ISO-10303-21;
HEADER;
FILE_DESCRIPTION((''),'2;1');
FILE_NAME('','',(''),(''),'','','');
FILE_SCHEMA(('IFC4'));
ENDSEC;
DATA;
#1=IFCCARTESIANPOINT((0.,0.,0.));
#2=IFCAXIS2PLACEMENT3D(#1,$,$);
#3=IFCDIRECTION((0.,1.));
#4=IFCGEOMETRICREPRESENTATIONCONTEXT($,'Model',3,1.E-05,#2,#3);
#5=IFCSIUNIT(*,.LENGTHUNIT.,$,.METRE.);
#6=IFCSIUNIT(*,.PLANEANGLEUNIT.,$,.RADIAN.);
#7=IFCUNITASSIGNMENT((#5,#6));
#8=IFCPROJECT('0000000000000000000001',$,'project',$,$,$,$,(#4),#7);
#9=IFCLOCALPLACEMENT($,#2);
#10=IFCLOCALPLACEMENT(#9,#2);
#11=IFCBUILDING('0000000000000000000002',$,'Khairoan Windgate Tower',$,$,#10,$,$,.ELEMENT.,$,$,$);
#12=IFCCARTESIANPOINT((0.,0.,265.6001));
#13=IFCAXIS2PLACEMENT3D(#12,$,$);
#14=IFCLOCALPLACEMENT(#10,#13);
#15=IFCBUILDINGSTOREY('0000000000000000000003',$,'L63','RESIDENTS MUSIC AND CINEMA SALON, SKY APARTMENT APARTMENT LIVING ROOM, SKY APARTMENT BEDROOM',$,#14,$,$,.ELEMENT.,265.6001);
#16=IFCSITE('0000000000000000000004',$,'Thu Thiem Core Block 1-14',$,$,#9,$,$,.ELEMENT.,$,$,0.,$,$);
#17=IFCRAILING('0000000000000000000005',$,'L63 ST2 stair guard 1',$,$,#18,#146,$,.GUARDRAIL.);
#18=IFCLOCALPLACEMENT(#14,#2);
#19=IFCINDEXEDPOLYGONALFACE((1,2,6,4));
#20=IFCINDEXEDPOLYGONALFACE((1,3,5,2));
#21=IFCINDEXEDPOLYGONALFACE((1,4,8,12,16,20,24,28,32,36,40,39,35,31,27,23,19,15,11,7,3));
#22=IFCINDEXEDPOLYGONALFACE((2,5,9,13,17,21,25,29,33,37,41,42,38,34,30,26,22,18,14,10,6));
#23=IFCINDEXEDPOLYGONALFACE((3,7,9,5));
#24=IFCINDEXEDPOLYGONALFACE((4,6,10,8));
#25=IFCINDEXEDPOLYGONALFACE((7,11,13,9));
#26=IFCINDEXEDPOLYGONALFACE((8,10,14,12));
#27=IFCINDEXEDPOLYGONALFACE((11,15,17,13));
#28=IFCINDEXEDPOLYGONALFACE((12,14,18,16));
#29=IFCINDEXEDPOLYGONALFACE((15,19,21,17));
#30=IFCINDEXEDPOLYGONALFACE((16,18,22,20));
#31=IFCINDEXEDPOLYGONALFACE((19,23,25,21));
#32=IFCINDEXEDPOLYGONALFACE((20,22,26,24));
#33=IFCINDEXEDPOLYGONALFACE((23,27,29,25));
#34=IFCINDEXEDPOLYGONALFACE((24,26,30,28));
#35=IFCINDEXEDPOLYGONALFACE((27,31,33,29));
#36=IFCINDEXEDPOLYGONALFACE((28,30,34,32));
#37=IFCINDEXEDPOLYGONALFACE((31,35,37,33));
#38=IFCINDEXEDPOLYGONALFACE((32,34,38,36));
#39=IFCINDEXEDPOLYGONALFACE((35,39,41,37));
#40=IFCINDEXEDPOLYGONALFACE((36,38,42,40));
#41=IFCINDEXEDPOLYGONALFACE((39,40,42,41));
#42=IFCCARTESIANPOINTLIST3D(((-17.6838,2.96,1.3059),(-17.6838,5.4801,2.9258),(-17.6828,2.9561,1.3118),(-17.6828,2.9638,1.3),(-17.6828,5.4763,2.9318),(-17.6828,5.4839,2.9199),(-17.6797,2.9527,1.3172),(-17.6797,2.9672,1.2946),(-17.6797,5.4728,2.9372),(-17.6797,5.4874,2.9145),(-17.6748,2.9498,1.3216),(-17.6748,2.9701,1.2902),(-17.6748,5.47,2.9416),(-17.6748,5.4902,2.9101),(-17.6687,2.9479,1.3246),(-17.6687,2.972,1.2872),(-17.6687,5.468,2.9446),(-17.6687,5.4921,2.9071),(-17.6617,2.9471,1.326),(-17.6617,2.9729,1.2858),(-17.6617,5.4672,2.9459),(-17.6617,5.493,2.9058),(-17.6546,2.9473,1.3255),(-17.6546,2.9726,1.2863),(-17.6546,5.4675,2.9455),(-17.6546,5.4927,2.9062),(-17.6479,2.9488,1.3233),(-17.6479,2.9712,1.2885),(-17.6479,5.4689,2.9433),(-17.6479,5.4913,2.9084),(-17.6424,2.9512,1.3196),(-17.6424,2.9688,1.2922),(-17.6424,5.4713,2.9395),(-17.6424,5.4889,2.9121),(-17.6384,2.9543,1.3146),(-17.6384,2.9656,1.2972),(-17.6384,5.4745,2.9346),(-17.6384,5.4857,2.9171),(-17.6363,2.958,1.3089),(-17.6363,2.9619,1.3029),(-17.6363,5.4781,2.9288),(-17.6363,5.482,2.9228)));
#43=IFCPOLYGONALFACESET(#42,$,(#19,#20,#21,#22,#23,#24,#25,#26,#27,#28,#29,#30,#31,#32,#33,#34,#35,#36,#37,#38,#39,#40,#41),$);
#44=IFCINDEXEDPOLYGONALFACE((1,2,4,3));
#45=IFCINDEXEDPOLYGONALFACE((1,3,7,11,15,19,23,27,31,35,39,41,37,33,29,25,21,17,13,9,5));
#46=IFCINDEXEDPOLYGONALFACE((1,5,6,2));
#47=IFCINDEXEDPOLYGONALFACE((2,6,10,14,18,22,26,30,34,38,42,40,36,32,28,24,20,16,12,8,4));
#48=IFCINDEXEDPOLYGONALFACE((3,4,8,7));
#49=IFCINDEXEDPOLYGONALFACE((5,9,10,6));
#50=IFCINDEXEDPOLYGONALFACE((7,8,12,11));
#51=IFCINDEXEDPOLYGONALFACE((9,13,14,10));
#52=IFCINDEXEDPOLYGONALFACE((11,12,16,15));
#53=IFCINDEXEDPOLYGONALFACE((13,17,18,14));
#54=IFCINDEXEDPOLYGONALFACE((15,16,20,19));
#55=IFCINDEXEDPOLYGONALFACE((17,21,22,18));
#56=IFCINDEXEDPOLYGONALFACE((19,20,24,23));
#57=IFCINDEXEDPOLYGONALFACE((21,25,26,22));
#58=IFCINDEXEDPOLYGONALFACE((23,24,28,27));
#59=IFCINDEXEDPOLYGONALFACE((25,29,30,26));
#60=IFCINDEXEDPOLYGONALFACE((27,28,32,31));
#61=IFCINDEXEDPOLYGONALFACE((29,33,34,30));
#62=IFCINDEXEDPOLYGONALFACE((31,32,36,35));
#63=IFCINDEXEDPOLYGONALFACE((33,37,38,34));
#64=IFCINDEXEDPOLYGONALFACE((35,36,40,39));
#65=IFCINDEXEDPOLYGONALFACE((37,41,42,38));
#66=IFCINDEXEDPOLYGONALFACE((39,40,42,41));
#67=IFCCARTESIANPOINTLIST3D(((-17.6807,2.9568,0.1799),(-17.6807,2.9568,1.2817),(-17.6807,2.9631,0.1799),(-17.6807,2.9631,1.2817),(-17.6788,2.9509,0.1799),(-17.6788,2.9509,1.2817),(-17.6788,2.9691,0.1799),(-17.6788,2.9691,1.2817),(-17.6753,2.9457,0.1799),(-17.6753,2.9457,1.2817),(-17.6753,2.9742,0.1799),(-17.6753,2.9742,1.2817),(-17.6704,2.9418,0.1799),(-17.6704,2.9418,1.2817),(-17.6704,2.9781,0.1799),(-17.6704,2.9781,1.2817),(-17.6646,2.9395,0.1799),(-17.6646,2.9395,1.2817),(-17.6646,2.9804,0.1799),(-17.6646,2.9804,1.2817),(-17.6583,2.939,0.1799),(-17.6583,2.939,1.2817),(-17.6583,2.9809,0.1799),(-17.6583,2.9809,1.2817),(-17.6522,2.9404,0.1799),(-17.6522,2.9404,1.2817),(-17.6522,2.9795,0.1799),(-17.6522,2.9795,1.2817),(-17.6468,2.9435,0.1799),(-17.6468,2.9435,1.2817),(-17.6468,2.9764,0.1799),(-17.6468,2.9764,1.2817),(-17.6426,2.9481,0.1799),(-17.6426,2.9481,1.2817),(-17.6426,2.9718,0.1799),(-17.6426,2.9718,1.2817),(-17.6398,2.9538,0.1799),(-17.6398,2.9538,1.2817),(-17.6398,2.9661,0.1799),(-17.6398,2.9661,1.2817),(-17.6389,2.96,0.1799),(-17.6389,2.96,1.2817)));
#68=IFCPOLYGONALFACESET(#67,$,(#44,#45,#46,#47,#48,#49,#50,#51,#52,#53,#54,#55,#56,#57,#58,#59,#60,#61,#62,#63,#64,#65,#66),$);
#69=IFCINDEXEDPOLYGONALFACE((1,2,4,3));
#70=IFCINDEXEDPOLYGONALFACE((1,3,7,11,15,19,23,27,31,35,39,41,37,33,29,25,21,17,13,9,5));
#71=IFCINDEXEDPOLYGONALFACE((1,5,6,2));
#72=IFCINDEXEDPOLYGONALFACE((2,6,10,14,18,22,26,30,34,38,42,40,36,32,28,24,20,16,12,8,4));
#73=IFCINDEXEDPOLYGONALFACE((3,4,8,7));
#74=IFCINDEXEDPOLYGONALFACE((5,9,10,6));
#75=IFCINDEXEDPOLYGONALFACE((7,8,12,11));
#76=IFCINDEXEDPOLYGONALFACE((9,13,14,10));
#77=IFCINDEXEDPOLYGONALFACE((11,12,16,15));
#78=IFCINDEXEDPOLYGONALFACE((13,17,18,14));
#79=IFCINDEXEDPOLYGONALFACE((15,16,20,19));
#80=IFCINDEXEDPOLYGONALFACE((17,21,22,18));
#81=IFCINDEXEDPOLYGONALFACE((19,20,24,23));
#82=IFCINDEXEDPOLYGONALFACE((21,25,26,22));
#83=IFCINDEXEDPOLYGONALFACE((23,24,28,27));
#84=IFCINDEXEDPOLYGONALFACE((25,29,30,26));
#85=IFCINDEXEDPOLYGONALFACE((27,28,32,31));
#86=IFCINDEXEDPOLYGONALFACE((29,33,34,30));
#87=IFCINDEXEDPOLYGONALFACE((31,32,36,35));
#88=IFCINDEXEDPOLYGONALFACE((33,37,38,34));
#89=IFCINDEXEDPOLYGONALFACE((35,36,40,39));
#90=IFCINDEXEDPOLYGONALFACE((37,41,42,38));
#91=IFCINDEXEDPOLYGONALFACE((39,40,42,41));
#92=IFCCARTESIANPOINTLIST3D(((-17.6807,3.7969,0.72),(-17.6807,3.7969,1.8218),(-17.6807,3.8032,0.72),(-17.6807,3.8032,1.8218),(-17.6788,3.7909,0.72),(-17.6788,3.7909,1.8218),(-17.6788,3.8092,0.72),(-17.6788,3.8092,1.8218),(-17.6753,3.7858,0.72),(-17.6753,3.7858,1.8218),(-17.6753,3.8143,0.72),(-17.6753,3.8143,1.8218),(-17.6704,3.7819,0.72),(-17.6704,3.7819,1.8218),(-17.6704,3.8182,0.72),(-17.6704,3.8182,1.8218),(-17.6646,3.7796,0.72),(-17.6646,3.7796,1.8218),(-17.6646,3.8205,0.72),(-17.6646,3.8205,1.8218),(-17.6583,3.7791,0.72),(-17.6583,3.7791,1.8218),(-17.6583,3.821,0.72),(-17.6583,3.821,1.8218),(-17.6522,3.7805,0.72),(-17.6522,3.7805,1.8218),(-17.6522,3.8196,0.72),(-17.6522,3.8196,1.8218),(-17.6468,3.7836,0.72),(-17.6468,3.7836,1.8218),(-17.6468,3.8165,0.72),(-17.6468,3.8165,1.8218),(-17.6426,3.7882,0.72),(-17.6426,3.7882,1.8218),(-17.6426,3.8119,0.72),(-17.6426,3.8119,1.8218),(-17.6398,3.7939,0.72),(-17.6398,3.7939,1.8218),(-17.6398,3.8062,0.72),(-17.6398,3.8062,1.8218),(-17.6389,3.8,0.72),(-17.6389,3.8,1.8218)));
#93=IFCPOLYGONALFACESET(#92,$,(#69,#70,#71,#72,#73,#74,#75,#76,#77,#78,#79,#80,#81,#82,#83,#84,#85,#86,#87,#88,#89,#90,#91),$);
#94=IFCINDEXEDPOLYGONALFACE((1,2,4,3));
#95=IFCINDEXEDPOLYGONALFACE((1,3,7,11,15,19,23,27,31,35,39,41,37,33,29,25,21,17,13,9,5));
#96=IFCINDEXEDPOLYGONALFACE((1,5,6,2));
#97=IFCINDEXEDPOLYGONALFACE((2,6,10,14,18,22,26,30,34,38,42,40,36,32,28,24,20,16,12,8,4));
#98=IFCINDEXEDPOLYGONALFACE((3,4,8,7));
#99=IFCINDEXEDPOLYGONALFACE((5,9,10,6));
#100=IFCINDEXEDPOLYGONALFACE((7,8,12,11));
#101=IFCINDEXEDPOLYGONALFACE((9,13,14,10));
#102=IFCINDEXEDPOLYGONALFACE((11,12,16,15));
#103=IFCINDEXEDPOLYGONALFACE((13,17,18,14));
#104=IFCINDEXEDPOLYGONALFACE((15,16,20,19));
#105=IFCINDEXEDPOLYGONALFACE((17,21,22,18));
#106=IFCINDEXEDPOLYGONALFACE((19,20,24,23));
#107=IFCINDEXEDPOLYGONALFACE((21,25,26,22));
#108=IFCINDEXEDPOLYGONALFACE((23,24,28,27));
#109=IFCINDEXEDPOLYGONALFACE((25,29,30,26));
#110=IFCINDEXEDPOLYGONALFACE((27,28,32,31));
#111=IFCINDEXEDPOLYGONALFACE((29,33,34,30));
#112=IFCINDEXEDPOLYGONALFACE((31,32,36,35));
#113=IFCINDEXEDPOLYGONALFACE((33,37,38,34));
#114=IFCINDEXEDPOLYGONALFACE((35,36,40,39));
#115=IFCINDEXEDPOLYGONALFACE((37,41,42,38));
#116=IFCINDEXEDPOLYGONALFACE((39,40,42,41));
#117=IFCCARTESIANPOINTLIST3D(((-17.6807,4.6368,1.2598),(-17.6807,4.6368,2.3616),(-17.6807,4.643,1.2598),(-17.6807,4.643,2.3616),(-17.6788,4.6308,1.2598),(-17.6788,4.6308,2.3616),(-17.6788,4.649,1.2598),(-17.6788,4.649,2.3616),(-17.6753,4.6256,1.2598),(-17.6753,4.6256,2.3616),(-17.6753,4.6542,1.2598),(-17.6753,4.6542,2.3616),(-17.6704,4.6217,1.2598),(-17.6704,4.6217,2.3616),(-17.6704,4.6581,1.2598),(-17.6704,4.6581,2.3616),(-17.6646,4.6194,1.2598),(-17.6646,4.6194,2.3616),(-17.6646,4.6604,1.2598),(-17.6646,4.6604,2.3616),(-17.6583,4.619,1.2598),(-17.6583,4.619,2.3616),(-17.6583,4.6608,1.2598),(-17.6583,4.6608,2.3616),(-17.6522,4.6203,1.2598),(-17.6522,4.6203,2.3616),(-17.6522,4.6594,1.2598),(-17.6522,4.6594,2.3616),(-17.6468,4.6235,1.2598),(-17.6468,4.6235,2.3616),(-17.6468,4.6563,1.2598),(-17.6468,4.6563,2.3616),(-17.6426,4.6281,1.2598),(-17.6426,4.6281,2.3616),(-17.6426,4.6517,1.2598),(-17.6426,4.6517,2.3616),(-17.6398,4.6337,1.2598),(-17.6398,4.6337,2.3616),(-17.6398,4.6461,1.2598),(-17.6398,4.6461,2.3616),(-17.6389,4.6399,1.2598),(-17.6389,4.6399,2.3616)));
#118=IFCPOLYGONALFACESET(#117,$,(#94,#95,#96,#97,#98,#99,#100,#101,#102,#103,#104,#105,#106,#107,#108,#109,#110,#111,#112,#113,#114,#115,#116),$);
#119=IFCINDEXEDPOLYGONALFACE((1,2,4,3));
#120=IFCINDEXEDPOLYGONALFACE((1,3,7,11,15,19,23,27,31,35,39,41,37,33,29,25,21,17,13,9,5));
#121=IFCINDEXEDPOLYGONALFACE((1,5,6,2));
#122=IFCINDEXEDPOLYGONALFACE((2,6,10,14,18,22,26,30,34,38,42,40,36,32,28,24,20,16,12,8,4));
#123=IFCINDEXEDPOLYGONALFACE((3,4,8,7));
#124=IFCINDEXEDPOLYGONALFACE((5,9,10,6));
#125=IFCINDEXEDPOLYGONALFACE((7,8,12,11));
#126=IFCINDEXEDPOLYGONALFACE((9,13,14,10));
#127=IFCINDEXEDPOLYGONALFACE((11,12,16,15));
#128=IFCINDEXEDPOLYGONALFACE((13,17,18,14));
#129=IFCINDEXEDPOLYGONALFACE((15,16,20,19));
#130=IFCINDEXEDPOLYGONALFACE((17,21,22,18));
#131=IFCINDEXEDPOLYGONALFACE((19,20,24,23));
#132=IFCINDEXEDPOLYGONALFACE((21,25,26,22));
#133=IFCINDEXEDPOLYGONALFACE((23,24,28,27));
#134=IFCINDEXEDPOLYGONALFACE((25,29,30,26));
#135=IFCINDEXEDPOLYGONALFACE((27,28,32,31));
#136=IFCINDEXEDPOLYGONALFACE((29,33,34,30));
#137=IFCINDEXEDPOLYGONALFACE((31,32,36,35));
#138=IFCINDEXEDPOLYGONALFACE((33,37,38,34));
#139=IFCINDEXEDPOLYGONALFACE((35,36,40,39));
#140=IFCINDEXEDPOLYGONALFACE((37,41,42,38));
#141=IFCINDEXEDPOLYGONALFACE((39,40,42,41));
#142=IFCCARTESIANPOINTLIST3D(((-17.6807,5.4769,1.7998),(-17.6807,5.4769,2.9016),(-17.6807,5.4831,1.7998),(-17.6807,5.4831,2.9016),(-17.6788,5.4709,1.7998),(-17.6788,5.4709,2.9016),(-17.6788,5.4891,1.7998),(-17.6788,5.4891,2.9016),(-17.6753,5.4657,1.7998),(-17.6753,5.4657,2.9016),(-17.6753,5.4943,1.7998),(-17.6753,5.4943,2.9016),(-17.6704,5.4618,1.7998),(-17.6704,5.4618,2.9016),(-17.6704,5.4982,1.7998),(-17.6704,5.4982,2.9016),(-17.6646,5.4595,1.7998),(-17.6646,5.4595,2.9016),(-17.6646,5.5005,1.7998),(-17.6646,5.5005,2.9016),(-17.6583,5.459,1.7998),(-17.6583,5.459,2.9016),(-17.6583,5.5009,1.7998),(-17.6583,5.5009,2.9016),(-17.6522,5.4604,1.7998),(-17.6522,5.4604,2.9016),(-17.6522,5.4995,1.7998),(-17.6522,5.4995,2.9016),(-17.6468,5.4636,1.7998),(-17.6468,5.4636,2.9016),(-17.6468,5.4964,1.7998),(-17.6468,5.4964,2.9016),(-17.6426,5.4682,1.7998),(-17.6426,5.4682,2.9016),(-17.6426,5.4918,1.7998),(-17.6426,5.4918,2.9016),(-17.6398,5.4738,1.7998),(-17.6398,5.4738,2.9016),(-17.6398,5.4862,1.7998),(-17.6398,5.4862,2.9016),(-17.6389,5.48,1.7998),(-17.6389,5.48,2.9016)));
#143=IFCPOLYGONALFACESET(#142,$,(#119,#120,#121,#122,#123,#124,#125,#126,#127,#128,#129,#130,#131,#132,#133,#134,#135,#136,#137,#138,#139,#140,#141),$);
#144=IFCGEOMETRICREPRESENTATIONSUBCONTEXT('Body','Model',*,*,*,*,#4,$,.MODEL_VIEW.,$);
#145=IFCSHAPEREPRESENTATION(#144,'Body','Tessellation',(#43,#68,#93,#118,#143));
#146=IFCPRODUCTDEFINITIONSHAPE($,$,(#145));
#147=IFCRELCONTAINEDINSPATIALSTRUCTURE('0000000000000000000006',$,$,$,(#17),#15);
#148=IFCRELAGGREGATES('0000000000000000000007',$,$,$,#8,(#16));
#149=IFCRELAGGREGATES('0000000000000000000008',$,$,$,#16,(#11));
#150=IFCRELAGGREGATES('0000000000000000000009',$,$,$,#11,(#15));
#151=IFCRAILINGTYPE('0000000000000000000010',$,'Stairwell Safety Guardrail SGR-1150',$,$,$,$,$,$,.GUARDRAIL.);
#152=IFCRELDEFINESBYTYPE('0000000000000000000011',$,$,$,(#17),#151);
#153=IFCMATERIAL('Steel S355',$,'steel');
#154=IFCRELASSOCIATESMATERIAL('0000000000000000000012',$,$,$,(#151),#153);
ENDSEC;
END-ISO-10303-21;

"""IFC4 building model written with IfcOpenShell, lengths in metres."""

from ifc_helpers import new_model, si_unit, direction, frame, origin, origin_2d, place, context, subcontext, project, spatial, circle, extrude, material, type_object, element, save


model = new_model("IFC4")

# Units and contexts
model_context = context("Model", 3, precision=1e-05, world=origin(), true_north=direction((0.0, 1.0)))
body_context = subcontext(model_context, "Body", "Model", "MODEL_VIEW")
ifc_project = project(units=[si_unit("LENGTHUNIT", "METRE"), si_unit("PLANEANGLEUNIT", "RADIAN")], contexts=[model_context])

# Site, building, storey
site_placement = place(None, origin())
site = spatial("IfcSite", under=ifc_project, at=site_placement, Name="Thu Thiem Core Block 1-14", CompositionType="ELEMENT", RefElevation=0.0)
building_placement = place(site_placement, origin())
building = spatial("IfcBuilding", under=site, at=building_placement, Name="Khairoan Windgate Tower", CompositionType="ELEMENT")
storey_placement = place(building_placement, frame((0.0, 0.0, 265.6001)))
storey = spatial("IfcBuildingStorey", under=building, at=storey_placement, Name="L63", Description="RESIDENTS MUSIC AND CINEMA SALON, SKY APARTMENT APARTMENT LIVING ROOM, SKY APARTMENT BEDROOM", CompositionType="ELEMENT", Elevation=265.6001)

# Railing
ifc_material_1 = material(Name="Steel S355", Category="steel")
railing_type_1 = type_object("IfcRailingType", Name="Stairwell Safety Guardrail SGR-1150", PredefinedType="GUARDRAIL", material=ifc_material_1)
railing_1_placement = place(storey_placement, frame((-17.6599, 2.96, 0.1799)))
element("IfcRailing", 1, at=railing_1_placement, inside=storey, type_object=railing_type_1, Name="L63 ST2 stair guard 1", PredefinedType="GUARDRAIL", context=body_context, shape_type="SweptSolid", body=[
    extrude(circle(Radius=0.0239, at=origin_2d()), frame((0.0, 0.0, 1.126), z_axis=(0.0, 0.8412, 0.540725), x_axis=(-1.0, 0.0, 0.0)), (0.0, 0.0, 1.0), 2.9958),
    extrude(circle(Radius=0.021, at=origin_2d()), origin(), (0.0, 0.0, 1.0), 1.1018),
    extrude(circle(Radius=0.021, at=origin_2d()), frame((0.0, 0.8401, 0.54)), (0.0, 0.0, 1.0), 1.1018),
    extrude(circle(Radius=0.021, at=origin_2d()), frame((0.0, 1.6799, 1.0798)), (0.0, 0.0, 1.0), 1.1018),
    extrude(circle(Radius=0.021, at=origin_2d()), frame((0.0, 2.52, 1.6199)), (0.0, 0.0, 1.0), 1.1018),
])

save(model, "model.ifc")
